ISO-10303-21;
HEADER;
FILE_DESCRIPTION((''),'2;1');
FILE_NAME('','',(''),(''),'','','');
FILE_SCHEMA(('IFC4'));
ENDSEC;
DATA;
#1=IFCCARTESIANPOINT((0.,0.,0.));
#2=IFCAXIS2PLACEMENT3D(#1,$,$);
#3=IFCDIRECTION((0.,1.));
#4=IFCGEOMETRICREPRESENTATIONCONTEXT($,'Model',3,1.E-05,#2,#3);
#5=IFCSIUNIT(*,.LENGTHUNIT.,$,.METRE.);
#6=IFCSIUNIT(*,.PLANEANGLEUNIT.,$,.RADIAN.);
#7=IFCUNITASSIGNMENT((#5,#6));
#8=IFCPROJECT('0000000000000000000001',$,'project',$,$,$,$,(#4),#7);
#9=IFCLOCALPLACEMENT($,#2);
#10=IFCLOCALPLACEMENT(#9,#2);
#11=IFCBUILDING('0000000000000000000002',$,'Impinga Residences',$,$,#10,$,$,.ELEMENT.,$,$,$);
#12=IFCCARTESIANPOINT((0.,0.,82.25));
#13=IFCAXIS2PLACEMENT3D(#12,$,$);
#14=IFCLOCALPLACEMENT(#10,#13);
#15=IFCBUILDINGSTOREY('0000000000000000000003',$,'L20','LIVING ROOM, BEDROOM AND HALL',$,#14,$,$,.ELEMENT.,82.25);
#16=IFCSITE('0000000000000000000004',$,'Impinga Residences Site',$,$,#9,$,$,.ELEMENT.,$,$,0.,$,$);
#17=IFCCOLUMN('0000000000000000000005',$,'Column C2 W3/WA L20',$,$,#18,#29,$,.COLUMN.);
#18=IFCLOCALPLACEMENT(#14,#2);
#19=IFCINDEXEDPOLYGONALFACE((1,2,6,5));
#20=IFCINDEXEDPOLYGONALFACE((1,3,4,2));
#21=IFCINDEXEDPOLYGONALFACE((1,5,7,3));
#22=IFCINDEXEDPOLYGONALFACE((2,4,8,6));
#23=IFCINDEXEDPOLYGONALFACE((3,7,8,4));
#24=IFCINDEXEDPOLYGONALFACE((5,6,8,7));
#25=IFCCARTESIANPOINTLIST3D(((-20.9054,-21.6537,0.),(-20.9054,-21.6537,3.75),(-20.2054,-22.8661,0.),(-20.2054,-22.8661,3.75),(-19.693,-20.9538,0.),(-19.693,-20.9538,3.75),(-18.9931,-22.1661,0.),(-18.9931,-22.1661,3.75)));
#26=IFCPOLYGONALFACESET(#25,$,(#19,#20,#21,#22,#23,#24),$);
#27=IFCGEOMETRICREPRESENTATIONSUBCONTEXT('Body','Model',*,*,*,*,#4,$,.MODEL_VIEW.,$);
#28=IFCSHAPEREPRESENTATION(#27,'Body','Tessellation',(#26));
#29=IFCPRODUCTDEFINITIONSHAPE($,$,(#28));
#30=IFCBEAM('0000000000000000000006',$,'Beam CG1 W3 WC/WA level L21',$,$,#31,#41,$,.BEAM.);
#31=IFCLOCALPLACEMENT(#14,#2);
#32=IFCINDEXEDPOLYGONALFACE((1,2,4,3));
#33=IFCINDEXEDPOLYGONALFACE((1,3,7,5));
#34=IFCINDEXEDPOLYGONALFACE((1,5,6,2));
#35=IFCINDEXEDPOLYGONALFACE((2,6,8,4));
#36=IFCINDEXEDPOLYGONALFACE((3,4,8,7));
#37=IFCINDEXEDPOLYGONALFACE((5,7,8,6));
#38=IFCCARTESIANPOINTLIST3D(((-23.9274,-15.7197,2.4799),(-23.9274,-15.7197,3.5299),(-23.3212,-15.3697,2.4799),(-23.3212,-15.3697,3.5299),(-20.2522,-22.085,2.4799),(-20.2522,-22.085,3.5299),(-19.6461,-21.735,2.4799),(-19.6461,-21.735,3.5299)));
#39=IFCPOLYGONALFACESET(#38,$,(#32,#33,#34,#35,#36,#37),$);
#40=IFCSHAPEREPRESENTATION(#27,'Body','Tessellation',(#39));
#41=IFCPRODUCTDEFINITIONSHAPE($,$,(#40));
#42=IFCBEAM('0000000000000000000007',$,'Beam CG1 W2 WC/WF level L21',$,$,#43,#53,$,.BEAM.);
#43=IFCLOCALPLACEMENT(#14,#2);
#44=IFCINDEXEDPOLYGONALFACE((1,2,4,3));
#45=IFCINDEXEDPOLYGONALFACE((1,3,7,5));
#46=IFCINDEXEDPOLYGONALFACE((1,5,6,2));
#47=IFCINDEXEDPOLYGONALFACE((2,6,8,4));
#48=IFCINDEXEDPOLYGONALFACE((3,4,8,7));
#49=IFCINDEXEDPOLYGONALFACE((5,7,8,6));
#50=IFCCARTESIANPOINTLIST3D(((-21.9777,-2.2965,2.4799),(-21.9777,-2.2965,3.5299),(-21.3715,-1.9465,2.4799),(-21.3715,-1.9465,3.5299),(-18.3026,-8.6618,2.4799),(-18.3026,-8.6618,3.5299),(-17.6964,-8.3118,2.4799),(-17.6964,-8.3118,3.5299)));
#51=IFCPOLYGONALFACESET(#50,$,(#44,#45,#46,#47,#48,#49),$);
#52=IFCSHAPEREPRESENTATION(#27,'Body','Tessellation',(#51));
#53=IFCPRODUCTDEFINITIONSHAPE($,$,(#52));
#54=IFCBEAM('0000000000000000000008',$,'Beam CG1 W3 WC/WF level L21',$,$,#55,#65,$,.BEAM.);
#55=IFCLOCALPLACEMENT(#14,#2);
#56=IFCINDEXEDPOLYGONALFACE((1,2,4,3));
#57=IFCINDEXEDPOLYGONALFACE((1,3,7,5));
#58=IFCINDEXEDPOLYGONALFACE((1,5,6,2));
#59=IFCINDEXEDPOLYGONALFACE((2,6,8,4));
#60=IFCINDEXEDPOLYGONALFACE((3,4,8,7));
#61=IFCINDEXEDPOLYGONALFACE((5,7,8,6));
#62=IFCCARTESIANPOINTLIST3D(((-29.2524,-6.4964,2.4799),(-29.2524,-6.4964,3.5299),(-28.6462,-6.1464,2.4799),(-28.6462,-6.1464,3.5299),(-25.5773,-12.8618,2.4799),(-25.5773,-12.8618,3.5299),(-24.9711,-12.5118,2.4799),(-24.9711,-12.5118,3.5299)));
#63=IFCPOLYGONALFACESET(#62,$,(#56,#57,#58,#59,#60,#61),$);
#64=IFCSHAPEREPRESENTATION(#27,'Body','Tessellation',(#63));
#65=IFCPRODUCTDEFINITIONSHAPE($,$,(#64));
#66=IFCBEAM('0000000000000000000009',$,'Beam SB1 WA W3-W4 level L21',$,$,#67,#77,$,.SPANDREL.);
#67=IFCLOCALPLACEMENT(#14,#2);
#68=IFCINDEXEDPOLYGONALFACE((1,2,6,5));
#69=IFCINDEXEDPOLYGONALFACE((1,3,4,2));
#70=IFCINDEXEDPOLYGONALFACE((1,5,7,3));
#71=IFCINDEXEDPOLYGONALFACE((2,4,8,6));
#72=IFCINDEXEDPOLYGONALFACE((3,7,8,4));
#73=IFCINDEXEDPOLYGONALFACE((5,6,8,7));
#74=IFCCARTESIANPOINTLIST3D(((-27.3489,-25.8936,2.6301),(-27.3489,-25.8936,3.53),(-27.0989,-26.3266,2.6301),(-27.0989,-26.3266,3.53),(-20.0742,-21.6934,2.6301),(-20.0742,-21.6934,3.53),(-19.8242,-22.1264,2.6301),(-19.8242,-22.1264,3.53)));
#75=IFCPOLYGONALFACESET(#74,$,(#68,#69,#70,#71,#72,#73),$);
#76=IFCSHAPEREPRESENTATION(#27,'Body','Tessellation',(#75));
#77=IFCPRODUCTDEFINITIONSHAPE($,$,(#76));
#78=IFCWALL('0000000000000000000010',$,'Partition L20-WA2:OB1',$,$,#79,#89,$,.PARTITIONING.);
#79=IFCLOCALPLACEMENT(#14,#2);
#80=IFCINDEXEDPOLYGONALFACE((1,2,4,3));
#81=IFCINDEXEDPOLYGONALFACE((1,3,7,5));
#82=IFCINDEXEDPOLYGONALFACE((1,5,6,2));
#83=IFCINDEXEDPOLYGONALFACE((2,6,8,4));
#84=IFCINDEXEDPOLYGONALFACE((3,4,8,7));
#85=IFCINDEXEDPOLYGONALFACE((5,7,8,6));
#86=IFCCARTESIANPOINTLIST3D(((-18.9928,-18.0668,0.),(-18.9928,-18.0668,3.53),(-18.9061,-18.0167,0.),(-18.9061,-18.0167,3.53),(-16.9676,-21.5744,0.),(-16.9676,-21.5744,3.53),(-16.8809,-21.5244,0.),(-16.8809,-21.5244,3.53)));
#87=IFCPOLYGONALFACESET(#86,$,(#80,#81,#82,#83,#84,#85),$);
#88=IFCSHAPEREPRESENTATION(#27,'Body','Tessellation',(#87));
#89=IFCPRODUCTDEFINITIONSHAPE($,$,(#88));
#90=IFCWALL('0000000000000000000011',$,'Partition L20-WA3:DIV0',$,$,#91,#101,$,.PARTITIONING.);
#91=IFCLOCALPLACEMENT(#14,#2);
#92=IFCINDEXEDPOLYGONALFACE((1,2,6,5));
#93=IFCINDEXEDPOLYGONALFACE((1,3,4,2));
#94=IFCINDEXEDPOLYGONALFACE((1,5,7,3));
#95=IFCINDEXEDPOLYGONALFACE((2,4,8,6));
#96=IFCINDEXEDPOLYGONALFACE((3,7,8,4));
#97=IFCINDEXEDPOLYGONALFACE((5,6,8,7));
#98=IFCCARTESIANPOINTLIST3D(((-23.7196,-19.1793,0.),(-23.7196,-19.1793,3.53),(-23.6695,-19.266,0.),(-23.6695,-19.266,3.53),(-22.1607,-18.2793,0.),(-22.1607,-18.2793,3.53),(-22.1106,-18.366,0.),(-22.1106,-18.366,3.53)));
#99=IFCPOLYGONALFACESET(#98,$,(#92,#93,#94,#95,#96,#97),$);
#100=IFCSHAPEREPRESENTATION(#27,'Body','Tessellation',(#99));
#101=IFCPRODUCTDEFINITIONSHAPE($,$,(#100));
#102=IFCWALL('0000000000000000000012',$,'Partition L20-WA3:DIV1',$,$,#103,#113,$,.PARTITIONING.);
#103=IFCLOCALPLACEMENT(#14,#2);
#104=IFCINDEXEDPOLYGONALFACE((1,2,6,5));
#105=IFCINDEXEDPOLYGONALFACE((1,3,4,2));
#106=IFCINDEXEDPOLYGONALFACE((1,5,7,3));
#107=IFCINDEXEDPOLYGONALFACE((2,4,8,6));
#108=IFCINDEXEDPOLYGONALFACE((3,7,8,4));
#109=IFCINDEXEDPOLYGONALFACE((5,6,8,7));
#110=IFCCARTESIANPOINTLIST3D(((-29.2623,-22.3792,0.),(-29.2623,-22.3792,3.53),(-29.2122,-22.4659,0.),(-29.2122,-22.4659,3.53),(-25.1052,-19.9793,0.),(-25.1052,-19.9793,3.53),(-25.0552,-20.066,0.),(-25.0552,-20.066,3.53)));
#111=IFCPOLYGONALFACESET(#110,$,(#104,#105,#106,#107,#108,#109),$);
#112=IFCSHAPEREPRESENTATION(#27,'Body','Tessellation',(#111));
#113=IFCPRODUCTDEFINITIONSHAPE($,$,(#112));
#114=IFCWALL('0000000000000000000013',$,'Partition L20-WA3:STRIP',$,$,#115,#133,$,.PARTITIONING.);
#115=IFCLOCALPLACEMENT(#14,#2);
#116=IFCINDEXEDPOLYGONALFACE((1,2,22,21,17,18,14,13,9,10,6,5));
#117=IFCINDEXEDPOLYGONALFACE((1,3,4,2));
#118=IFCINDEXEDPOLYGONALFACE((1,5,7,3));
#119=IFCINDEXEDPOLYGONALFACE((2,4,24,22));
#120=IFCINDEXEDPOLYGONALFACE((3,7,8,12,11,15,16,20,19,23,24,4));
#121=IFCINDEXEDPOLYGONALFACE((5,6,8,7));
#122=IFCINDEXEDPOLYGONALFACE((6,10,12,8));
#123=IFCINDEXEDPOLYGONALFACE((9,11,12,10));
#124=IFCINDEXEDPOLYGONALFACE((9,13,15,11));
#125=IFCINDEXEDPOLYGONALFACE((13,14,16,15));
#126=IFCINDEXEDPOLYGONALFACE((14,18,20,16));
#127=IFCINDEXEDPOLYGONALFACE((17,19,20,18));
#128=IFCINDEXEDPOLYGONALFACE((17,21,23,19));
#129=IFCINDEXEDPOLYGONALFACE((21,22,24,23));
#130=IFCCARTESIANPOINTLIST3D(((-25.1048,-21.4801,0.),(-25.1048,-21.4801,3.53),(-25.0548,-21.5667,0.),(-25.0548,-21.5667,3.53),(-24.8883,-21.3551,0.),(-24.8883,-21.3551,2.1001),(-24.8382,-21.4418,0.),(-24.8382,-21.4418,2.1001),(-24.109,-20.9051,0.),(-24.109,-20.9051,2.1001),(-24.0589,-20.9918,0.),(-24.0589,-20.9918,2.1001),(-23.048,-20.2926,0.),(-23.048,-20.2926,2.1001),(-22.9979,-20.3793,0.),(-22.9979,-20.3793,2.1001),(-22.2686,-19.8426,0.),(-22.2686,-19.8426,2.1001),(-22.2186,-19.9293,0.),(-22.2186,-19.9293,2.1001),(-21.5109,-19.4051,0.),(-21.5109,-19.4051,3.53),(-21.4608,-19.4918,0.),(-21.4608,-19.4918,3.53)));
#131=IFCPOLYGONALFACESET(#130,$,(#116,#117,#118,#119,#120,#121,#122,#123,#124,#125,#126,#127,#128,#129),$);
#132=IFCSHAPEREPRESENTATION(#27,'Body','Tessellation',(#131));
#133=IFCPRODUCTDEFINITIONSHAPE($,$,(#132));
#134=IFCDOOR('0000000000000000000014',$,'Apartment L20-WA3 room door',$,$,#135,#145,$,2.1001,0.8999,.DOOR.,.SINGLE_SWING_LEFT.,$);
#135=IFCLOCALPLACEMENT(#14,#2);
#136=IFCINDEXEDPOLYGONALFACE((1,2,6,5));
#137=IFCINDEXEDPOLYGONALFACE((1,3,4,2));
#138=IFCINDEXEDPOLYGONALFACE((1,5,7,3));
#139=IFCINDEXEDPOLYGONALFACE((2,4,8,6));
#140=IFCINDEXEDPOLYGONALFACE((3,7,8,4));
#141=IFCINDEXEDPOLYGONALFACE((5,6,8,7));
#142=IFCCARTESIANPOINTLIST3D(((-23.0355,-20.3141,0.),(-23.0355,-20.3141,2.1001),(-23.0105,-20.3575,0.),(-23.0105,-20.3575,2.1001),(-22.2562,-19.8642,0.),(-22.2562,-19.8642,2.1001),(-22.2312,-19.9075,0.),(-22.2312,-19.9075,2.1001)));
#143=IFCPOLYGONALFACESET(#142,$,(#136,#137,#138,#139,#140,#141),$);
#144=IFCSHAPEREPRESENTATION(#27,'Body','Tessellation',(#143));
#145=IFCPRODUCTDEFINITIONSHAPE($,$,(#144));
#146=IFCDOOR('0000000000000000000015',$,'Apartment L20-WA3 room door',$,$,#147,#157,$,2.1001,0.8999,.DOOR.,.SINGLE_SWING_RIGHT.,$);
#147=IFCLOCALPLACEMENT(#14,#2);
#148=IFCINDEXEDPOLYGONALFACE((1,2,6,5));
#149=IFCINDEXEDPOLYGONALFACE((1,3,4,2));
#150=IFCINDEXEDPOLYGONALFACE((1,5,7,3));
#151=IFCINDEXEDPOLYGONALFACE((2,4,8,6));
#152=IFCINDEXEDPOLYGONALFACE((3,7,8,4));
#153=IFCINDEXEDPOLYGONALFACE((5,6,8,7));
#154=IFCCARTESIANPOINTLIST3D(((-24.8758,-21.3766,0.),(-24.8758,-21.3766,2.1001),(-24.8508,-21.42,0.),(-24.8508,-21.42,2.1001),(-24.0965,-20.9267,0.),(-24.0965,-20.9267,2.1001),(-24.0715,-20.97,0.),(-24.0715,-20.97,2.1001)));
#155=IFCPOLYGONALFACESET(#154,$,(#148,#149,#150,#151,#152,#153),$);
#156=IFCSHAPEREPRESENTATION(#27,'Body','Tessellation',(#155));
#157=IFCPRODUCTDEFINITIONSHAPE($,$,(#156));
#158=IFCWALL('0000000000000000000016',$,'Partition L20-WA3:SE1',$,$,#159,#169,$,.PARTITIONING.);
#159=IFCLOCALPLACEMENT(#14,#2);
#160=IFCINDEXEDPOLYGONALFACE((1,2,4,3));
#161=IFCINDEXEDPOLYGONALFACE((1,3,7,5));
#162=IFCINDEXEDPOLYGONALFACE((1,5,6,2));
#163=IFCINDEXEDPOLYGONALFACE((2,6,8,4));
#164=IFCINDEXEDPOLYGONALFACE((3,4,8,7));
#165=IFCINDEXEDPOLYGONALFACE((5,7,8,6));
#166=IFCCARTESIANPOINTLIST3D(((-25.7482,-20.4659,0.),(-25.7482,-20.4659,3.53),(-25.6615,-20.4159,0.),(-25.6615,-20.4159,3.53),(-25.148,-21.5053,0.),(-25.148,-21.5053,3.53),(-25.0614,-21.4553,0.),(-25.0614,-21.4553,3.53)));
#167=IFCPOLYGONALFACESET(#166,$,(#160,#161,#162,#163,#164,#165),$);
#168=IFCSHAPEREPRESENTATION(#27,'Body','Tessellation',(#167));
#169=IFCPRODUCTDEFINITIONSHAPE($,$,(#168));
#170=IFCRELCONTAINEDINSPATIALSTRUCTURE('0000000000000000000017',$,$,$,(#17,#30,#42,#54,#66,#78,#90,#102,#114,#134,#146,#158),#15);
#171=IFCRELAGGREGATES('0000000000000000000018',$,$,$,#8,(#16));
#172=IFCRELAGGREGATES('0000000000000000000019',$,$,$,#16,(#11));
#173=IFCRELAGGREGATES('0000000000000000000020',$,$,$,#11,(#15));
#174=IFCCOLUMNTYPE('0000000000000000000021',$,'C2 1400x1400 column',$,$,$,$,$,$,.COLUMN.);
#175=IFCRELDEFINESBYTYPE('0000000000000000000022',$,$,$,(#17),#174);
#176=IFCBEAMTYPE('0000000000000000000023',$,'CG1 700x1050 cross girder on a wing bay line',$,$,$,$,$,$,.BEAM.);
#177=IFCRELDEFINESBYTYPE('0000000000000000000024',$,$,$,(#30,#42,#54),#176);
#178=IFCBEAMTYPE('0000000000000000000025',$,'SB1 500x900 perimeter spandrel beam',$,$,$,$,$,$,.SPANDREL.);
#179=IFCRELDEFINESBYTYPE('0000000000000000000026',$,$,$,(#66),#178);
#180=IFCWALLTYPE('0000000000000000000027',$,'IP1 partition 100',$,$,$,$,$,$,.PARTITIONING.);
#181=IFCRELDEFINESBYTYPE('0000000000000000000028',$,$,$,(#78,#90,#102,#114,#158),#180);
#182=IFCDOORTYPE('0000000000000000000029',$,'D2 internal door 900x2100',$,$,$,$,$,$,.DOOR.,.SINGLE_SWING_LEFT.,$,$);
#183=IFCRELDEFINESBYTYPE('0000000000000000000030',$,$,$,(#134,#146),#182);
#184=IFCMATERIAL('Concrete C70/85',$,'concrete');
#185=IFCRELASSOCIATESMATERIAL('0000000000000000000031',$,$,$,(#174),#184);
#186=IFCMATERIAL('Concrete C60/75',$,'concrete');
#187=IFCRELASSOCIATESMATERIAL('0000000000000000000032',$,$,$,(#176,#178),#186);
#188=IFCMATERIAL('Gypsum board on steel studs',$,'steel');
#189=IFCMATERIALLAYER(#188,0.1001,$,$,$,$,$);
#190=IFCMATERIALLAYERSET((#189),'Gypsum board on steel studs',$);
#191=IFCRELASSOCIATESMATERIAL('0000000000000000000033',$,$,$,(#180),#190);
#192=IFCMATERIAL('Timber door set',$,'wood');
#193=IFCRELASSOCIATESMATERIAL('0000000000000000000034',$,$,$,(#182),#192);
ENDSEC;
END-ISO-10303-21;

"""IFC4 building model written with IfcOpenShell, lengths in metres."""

from ifc_helpers import new_model, si_unit, direction, frame, frame_2d, origin, origin_2d, place, context, subcontext, project, spatial, rectangle, extrude, material, layer, layer_set, material_profile, profile_set, type_object, element, fill, save


model = new_model("IFC4")

# Units and contexts
model_context = context("Model", 3, precision=1e-05, world=origin(), true_north=direction((0.0, 1.0)))
body_context = subcontext(model_context, "Body", "Model", "MODEL_VIEW")
ifc_project = project(units=[si_unit("LENGTHUNIT", "METRE"), si_unit("PLANEANGLEUNIT", "RADIAN")], contexts=[model_context])

# Site, building, storey
site_placement = place(None, origin())
site = spatial("IfcSite", under=ifc_project, at=site_placement, Name="Impinga Residences Site", CompositionType="ELEMENT", RefElevation=0.0)
building_placement = place(site_placement, origin())
building = spatial("IfcBuilding", under=site, at=building_placement, Name="Impinga Residences", CompositionType="ELEMENT")
storey_placement = place(building_placement, frame((0.0, 0.0, 82.25)))
storey = spatial("IfcBuildingStorey", under=building, at=storey_placement, Name="L20", Description="LIVING ROOM, BEDROOM AND HALL", CompositionType="ELEMENT", Elevation=82.25)

# Column
ifc_material_1 = material(Name="Concrete C70/85", Category="concrete")
ifc_material_profile_1 = material_profile(ifc_material_1, rectangle(XDim=1.3999, YDim=1.3999, at=origin_2d()), Name="RC 1400x1400")
ifc_profile_set_1 = profile_set([ifc_material_profile_1], Name="Concrete C70/85")
column_type = type_object("IfcColumnType", Name="C2 1400x1400 column", PredefinedType="COLUMN", material=ifc_profile_set_1)
column_placement = place(storey_placement, frame((-19.9492, -21.9099, 0.0), z_axis=(0.0, 0.0, 1.0), x_axis=(-0.5, 0.866025, 0.0)))
element("IfcColumn", 1, at=column_placement, inside=storey, type_object=column_type, Name="Column C2 W3/WA L20", PredefinedType="COLUMN", context=body_context, shape_type="SweptSolid", body=[
    extrude(rectangle(XDim=1.3999, YDim=1.3999, at=origin_2d()), origin(), (0.0, 0.0, 1.0), 3.75),
])

# Beams
ifc_material_2 = material(Name="Concrete C60/75", Category="concrete")
ifc_material_profile_2 = material_profile(ifc_material_2, rectangle(XDim=0.7, YDim=1.05, at=origin_2d()), Name="RC 700x1050")
ifc_profile_set_2 = profile_set([ifc_material_profile_2], Name="Concrete C60/75")
beam_type_1 = type_object("IfcBeamType", Name="CG1 700x1050 cross girder on a wing bay line", PredefinedType="BEAM", material=ifc_profile_set_2)
for number, where, z_axis, x_axis, name in (
    (2, (-23.6243, -15.5447, 3.0049), (0.500008, -0.866021, 0.0), (0.866021, 0.500008, 0.0), "Beam CG1 W3 WC/WA level L21"),
    (3, (-17.9995, -8.4868, 3.0049), (-0.500008, 0.866021, 0.0), (-0.866021, -0.500008, 0.0), "Beam CG1 W2 WC/WF level L21"),
    (4, (-25.2742, -12.6868, 3.0049), (-0.500008, 0.866021, 0.0), (-0.866021, -0.500008, 0.0), "Beam CG1 W3 WC/WF level L21"),
):
    element("IfcBeam", number, at=place(storey_placement, frame(where, z_axis=z_axis, x_axis=x_axis)), inside=storey, type_object=beam_type_1, Name=name, PredefinedType="BEAM", context=body_context, shape_type="SweptSolid", body=[
        extrude(rectangle(XDim=0.7, YDim=1.05, at=origin_2d()), origin(), (0.0, 0.0, 1.0), 7.3501),
    ])
ifc_material_profile_3 = material_profile(ifc_material_2, rectangle(XDim=0.5, YDim=0.8999, at=origin_2d()), Name="RC 500x900")
ifc_profile_set_3 = profile_set([ifc_material_profile_3], Name="Concrete C60/75")
beam_type_2 = type_object("IfcBeamType", Name="SB1 500x900 perimeter spandrel beam", PredefinedType="SPANDREL", material=ifc_profile_set_3)
beam_placement = place(storey_placement, frame((-19.9492, -21.9099, 3.0801), z_axis=(-0.866017, -0.500015, 0.0), x_axis=(0.500015, -0.866017, 0.0)))
element("IfcBeam", 5, at=beam_placement, inside=storey, type_object=beam_type_2, Name="Beam SB1 WA W3-W4 level L21", PredefinedType="SPANDREL", context=body_context, shape_type="SweptSolid", body=[
    extrude(rectangle(XDim=0.5, YDim=0.8999, at=origin_2d()), origin(), (0.0, 0.0, 1.0), 8.4001),
])

# Walls
ifc_material_3 = material(Name="Gypsum board on steel studs", Category="steel")
ifc_layer_1 = layer(ifc_material_3, 0.1001)
ifc_layer_set_1 = layer_set([ifc_layer_1], Name="Gypsum board on steel studs")
wall_type_1 = type_object("IfcWallType", Name="IP1 partition 100", PredefinedType="PARTITIONING", material=ifc_layer_set_1)
wall_1_placement = place(storey_placement, frame((-18.9495, -18.0417, 0.0), z_axis=(0.0, 0.0, 1.0), x_axis=(0.500009, -0.86602, 0.0)))
element("IfcWall", 6, at=wall_1_placement, inside=storey, type_object=wall_type_1, Name="Partition L20-WA2:OB1", PredefinedType="PARTITIONING", context=body_context, shape_type="SweptSolid", body=[
    extrude(rectangle(XDim=4.0503, YDim=0.1001, at=frame_2d((2.0251, 0.0))), origin(), (0.0, 0.0, 1.0), 3.53),
])
wall_2_placement = place(storey_placement, frame((-22.1357, -18.3228, 0.0), z_axis=(0.0, 0.0, 1.0), x_axis=(-0.866048, -0.499961, 0.0)))
element("IfcWall", 7, at=wall_2_placement, inside=storey, type_object=wall_type_1, Name="Partition L20-WA3:DIV0", PredefinedType="PARTITIONING", context=body_context, shape_type="SweptSolid", body=[
    extrude(rectangle(XDim=1.8, YDim=0.1001, at=frame_2d((0.8999, 0.0))), origin(), (0.0, 0.0, 1.0), 3.53),
])
wall_3_placement = place(storey_placement, frame((-25.0803, -20.0227, 0.0), z_axis=(0.0, 0.0, 1.0), x_axis=(-0.866037, -0.499979, 0.0)))
element("IfcWall", 8, at=wall_3_placement, inside=storey, type_object=wall_type_1, Name="Partition L20-WA3:DIV1", PredefinedType="PARTITIONING", context=body_context, shape_type="SweptSolid", body=[
    extrude(rectangle(XDim=4.8, YDim=0.1001, at=frame_2d((2.3999, 0.0))), origin(), (0.0, 0.0, 1.0), 3.53),
])

# Wall, openings, doors
wall_4_placement = place(storey_placement, frame((-21.4858, -19.4485, 0.0), z_axis=(0.0, 0.0, 1.0), x_axis=(-0.86603, -0.499992, 0.0)))
wall_4 = element("IfcWall", 9, at=wall_4_placement, inside=storey, type_object=wall_type_1, Name="Partition L20-WA3:STRIP", PredefinedType="PARTITIONING", context=body_context, shape_type="SweptSolid", body=[
    extrude(rectangle(XDim=4.1499, YDim=0.1001, at=frame_2d((2.075, 0.0))), origin(), (0.0, 0.0, 1.0), 3.53),
])
opening_1_placement = place(wall_4_placement, frame((0.875, 0.0, 0.0)))
opening_1 = element("IfcOpeningElement", 10, at=opening_1_placement, cuts=wall_4, PredefinedType="OPENING", context=body_context, shape_type="SweptSolid", body=[
    extrude(rectangle(XDim=0.8999, YDim=2.1001, at=frame_2d((0.45, 1.05))), frame((0.0, 0.0601, 0.0), z_axis=(0.0, -1.0, 0.0), x_axis=(1.0, 0.0, 0.0)), (0.0, 0.0, 1.0), 0.1201),
])
opening_2_placement = place(wall_4_placement, frame((3.0, 0.0, 0.0)))
opening_2 = element("IfcOpeningElement", 11, at=opening_2_placement, cuts=wall_4, PredefinedType="OPENING", context=body_context, shape_type="SweptSolid", body=[
    extrude(rectangle(XDim=0.8999, YDim=2.1001, at=frame_2d((0.45, 1.05))), frame((0.0, 0.0601, 0.0), z_axis=(0.0, -1.0, 0.0), x_axis=(1.0, 0.0, 0.0)), (0.0, 0.0, 1.0), 0.1201),
])
ifc_material_4 = material(Name="Timber door set", Category="wood")
door_type = type_object("IfcDoorType", Name="D2 internal door 900x2100", OperationType="SINGLE_SWING_LEFT", PredefinedType="DOOR", material=ifc_material_4)
door_1_placement = place(opening_1_placement, origin())
door_1 = element("IfcDoor", 12, at=door_1_placement, inside=storey, type_object=door_type, Name="Apartment L20-WA3 room door", OperationType="SINGLE_SWING_LEFT", OverallHeight=2.1001, OverallWidth=0.8999, PredefinedType="DOOR", context=body_context, shape_type="SweptSolid", body=[
    extrude(rectangle(XDim=0.8999, YDim=2.1001, at=frame_2d((0.45, 1.05))), frame((0.0, 0.0249, 0.0), z_axis=(0.0, -1.0, 0.0), x_axis=(1.0, 0.0, 0.0)), (0.0, 0.0, 1.0), 0.05),
])
fill(opening_1, door_1)
door_2_placement = place(opening_2_placement, origin())
door_2 = element("IfcDoor", 13, at=door_2_placement, inside=storey, type_object=door_type, Name="Apartment L20-WA3 room door", OperationType="SINGLE_SWING_RIGHT", OverallHeight=2.1001, OverallWidth=0.8999, PredefinedType="DOOR", context=body_context, shape_type="SweptSolid", body=[
    extrude(rectangle(XDim=0.8999, YDim=2.1001, at=frame_2d((0.45, 1.05))), frame((0.0, 0.0249, 0.0), z_axis=(0.0, -1.0, 0.0), x_axis=(1.0, 0.0, 0.0)), (0.0, 0.0, 1.0), 0.05),
])
fill(opening_2, door_2)

# Wall
wall_5_placement = place(storey_placement, frame((-25.7048, -20.4409, 0.0), z_axis=(0.0, 0.0, 1.0), x_axis=(0.500034, -0.866006, 0.0)))
element("IfcWall", 14, at=wall_5_placement, inside=storey, type_object=wall_type_1, Name="Partition L20-WA3:SE1", PredefinedType="PARTITIONING", context=body_context, shape_type="SweptSolid", body=[
    extrude(rectangle(XDim=1.2002, YDim=0.1001, at=frame_2d((0.6001, 0.0))), origin(), (0.0, 0.0, 1.0), 3.53),
])

save(model, "model.ifc")
